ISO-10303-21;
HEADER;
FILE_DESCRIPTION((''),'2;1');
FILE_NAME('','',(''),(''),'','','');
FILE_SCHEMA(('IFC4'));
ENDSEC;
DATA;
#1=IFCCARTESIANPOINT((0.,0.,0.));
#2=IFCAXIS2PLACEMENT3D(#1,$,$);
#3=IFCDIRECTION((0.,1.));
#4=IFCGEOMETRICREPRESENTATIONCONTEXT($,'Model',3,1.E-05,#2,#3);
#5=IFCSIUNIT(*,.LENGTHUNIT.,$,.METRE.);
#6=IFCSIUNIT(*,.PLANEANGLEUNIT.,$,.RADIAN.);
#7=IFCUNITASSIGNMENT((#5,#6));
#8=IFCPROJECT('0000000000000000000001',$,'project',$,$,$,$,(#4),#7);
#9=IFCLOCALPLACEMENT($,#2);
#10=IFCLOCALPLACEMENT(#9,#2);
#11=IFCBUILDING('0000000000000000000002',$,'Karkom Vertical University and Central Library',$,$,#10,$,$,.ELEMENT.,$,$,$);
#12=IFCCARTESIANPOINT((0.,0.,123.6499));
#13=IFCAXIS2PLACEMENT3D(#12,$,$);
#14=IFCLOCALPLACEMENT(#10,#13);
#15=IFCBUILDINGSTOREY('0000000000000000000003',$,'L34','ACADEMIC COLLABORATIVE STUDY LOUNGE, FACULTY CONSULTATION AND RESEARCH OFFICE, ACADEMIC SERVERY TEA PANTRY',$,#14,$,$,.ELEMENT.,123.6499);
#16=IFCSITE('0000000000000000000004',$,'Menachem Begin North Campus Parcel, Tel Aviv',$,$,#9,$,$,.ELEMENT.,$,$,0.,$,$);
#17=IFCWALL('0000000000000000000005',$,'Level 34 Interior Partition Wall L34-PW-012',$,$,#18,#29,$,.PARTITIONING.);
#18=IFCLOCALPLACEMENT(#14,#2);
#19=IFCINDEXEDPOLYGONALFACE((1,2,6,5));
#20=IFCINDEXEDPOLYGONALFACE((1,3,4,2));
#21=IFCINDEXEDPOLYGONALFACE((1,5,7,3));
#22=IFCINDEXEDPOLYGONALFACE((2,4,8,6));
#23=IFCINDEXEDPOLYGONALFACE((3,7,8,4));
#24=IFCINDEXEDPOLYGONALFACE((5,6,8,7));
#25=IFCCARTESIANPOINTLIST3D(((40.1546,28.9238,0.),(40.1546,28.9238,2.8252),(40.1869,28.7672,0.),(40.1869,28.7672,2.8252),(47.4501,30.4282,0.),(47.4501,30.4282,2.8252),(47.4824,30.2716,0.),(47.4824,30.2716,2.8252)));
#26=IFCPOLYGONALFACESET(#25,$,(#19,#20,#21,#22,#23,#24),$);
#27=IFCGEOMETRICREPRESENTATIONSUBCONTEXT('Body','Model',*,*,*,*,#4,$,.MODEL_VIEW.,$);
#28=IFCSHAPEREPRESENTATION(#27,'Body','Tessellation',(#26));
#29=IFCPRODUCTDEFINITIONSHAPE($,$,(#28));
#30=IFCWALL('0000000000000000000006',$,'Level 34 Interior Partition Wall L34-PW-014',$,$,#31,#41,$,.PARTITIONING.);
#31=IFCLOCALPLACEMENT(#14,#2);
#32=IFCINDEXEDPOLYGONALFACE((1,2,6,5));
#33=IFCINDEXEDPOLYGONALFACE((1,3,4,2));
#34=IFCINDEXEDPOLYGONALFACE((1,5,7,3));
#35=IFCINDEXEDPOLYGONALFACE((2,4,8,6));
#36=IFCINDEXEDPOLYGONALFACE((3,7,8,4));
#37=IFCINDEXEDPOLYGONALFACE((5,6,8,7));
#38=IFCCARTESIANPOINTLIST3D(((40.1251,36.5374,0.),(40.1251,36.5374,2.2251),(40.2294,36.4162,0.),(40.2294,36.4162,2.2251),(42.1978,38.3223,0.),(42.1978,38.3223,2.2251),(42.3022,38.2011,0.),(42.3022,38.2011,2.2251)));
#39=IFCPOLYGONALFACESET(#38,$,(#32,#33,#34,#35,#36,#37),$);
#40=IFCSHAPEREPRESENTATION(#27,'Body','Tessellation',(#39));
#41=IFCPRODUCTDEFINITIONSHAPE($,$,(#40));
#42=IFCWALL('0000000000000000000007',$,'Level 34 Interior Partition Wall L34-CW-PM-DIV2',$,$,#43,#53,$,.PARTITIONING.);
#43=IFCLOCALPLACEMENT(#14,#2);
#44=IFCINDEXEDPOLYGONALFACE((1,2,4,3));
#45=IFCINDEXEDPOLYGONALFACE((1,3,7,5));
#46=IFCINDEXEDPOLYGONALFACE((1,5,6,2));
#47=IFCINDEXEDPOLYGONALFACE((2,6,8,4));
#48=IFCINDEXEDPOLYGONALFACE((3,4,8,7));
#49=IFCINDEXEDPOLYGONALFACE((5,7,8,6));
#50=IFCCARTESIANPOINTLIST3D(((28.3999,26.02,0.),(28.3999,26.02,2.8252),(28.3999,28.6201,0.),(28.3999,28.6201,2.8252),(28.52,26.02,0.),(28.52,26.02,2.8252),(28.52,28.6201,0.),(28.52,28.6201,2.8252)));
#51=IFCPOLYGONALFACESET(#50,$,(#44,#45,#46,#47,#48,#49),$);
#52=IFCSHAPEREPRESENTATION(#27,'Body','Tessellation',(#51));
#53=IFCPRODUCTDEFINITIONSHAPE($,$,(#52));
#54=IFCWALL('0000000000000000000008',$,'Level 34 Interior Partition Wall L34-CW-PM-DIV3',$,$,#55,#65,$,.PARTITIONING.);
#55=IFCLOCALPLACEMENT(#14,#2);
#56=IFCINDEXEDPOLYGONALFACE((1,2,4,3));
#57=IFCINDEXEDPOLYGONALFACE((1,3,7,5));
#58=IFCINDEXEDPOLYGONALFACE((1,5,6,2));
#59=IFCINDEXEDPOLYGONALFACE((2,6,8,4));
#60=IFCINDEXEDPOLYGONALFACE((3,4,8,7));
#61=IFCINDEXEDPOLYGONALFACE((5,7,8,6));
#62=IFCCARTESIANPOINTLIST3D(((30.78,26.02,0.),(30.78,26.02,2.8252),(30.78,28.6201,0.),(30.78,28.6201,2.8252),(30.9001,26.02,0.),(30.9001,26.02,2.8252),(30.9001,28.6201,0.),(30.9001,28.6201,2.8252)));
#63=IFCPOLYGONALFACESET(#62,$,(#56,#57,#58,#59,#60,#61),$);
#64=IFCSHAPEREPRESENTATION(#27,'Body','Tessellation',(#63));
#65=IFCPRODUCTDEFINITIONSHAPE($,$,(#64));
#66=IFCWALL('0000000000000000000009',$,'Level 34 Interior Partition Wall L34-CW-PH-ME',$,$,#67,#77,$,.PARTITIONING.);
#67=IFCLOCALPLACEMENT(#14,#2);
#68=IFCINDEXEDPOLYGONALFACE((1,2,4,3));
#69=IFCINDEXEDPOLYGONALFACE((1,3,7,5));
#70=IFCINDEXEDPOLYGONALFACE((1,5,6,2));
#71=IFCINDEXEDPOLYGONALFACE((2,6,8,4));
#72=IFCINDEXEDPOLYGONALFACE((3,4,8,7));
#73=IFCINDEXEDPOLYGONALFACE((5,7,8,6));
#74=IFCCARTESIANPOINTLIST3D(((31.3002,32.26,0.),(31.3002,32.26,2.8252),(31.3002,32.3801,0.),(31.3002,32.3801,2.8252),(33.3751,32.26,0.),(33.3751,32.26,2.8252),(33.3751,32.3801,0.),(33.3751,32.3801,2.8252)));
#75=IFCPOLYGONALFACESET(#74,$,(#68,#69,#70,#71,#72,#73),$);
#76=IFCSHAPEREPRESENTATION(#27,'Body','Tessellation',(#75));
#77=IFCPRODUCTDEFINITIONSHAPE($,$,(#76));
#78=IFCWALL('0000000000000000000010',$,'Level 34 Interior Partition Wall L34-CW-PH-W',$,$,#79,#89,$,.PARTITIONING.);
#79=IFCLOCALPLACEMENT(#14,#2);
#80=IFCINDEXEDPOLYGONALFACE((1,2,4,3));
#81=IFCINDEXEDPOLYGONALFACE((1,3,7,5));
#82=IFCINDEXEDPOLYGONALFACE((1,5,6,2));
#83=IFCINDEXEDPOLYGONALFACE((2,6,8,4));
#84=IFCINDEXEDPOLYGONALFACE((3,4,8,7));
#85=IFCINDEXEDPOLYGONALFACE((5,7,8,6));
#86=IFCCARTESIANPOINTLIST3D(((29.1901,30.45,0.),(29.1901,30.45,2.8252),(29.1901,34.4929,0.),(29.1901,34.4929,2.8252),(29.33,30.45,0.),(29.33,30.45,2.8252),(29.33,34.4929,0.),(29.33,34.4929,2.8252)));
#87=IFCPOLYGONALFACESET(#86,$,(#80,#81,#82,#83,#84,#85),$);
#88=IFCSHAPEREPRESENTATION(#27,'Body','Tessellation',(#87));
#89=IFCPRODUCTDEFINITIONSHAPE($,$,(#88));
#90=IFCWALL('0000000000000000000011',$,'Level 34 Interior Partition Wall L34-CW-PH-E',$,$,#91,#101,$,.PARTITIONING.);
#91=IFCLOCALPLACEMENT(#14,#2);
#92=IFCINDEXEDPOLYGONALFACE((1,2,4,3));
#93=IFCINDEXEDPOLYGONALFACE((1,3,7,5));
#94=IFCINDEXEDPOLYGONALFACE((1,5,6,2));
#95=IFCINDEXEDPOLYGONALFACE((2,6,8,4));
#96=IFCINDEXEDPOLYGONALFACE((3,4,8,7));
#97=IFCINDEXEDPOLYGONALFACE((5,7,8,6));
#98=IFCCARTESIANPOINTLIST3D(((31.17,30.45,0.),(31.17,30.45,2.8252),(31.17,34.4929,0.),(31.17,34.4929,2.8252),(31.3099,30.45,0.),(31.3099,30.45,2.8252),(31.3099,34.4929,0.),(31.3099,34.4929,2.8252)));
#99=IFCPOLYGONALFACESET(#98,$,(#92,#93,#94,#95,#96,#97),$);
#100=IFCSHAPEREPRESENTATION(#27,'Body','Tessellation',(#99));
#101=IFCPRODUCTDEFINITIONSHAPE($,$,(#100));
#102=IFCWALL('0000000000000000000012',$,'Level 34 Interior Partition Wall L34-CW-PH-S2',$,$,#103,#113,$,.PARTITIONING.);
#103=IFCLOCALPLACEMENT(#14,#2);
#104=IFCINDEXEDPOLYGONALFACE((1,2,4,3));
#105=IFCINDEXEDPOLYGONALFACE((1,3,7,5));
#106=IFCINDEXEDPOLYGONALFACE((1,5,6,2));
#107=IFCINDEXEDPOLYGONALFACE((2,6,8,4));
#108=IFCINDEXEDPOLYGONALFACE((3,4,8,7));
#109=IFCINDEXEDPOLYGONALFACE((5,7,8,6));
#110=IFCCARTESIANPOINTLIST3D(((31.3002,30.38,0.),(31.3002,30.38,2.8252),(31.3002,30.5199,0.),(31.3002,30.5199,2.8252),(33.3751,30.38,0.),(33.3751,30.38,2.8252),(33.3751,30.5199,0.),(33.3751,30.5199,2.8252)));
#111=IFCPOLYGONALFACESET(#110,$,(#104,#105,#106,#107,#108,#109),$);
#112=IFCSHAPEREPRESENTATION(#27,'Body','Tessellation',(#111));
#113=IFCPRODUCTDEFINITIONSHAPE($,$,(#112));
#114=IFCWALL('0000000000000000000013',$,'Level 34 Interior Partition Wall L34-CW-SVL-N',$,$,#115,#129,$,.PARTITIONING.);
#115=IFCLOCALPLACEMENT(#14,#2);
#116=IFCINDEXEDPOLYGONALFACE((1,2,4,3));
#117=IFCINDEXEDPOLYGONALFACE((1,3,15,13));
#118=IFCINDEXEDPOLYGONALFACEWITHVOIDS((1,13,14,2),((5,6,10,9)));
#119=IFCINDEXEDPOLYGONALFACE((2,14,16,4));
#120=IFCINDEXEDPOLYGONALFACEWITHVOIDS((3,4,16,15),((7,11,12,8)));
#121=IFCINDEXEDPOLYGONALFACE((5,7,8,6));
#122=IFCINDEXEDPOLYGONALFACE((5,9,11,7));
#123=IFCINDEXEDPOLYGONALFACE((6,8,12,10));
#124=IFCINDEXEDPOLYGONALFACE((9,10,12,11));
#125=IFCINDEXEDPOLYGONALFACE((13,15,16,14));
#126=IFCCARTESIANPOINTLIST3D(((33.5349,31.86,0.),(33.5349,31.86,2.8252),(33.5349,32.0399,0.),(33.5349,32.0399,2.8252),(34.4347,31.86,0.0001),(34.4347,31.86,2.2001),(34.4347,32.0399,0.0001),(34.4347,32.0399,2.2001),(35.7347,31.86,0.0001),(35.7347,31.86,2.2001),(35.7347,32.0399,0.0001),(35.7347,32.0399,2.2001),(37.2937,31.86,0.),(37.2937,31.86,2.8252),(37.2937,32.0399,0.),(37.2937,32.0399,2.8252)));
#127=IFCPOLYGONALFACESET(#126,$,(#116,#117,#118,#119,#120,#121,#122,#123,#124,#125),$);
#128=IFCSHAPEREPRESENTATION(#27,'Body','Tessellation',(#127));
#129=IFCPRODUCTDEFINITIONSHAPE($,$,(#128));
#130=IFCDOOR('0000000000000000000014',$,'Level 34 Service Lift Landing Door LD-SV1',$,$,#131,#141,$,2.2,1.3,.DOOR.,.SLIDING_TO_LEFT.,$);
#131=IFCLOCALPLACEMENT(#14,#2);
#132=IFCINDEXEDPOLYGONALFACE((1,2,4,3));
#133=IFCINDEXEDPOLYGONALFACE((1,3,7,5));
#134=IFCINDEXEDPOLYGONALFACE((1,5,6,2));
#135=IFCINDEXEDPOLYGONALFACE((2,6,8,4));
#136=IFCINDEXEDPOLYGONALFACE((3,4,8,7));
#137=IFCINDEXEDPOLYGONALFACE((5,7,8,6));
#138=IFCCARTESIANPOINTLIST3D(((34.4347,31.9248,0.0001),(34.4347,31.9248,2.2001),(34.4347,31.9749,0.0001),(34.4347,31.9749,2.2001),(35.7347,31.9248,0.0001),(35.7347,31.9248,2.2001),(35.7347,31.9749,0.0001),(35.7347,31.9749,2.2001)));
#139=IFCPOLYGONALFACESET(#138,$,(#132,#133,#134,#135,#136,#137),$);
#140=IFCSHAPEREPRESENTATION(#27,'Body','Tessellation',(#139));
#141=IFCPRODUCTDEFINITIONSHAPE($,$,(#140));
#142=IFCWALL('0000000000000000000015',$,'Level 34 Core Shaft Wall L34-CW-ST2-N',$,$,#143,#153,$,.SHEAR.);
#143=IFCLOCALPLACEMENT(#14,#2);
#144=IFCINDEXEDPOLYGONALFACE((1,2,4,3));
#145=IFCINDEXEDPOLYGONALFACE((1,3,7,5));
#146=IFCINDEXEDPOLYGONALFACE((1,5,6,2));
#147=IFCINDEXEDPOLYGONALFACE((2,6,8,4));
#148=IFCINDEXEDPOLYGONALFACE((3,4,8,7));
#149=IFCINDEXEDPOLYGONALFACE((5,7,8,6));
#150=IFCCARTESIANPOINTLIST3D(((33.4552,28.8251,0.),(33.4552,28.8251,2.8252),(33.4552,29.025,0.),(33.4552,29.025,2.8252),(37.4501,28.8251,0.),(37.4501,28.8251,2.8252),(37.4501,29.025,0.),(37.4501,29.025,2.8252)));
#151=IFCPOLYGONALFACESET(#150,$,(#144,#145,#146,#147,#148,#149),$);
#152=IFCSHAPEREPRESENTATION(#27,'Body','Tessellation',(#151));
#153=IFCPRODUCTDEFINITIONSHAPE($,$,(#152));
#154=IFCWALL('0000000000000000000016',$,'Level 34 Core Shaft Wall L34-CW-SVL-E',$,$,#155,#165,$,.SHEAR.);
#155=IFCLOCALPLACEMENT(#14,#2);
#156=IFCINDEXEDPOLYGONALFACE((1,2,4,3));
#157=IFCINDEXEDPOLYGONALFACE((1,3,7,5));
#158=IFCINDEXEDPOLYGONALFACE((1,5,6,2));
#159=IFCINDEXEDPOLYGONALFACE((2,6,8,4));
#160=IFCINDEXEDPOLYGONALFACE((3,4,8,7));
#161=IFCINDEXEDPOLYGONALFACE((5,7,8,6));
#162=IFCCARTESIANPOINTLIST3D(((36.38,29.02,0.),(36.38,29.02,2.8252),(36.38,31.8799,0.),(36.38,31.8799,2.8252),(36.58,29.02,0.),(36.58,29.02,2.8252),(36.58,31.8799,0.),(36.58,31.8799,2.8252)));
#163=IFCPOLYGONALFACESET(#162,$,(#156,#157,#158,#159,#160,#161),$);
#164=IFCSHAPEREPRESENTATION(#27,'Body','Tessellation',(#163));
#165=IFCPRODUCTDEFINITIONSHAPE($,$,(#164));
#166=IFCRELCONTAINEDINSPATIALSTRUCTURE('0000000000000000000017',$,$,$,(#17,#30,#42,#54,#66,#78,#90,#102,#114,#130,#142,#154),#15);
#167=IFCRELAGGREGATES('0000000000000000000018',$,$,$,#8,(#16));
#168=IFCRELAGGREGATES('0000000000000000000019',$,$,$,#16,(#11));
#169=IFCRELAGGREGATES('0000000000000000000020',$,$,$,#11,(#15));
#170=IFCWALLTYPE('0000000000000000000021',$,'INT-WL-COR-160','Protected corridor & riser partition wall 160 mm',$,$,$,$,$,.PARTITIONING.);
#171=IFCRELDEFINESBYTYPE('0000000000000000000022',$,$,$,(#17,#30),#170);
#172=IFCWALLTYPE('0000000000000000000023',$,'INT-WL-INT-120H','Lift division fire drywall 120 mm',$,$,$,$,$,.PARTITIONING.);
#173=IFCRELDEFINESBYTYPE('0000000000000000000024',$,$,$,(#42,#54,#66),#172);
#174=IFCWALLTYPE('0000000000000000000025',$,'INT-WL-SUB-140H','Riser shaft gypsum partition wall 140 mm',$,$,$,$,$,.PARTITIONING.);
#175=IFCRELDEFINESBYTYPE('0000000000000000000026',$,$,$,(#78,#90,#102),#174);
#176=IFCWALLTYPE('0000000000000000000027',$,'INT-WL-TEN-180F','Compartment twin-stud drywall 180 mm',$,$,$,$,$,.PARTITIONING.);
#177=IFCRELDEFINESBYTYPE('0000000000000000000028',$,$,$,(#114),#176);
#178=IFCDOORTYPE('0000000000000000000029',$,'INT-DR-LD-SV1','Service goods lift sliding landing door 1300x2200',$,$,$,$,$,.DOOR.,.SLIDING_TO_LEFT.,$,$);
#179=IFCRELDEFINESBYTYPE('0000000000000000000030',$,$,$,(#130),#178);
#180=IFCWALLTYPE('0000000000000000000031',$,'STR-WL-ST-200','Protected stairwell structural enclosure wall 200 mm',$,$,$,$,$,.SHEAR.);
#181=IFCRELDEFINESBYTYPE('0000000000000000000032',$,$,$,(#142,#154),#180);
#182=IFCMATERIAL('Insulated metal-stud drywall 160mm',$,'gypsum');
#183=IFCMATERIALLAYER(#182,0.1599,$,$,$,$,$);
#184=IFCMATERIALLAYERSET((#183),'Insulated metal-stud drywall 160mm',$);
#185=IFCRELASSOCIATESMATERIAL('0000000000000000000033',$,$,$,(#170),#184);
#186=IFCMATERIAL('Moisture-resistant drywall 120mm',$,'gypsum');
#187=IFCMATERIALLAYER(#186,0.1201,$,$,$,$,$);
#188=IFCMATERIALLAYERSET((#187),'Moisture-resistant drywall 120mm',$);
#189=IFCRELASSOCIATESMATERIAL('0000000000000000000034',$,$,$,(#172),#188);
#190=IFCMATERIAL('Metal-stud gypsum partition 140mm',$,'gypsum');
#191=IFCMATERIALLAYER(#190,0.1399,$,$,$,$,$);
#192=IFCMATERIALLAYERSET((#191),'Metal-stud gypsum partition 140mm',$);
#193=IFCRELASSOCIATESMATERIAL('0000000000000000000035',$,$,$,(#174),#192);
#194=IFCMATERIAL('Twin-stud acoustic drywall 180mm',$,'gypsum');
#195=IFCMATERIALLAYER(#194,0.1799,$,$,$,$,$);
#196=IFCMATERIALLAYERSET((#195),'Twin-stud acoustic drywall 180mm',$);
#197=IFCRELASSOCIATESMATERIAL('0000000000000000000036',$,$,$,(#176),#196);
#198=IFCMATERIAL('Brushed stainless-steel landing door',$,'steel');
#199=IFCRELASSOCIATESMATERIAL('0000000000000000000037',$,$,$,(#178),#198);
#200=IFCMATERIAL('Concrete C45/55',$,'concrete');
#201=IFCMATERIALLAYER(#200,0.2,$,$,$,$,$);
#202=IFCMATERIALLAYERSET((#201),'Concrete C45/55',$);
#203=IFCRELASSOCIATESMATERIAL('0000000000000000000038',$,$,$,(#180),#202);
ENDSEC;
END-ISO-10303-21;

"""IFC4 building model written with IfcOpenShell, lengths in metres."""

from ifc_helpers import new_model, si_unit, direction, frame, frame_2d, origin, origin_with_axes, place, context, subcontext, project, spatial, rectangle, extrude, source, transform, mapped, material, layer, layer_set, type_object, element, fill, save


model = new_model("IFC4")

# Units and contexts
model_context = context("Model", 3, precision=1e-05, world=origin(), true_north=direction((0.0, 1.0)))
body_context = subcontext(model_context, "Body", "Model", "MODEL_VIEW")
ifc_project = project(units=[si_unit("LENGTHUNIT", "METRE"), si_unit("PLANEANGLEUNIT", "RADIAN")], contexts=[model_context])

# Site, building, storey
site_placement = place(None, origin())
site = spatial("IfcSite", under=ifc_project, at=site_placement, Name="Menachem Begin North Campus Parcel, Tel Aviv", CompositionType="ELEMENT", RefElevation=0.0)
building_placement = place(site_placement, origin())
building = spatial("IfcBuilding", under=site, at=building_placement, Name="Karkom Vertical University and Central Library", CompositionType="ELEMENT")
storey_placement = place(building_placement, frame((0.0, 0.0, 123.6499)))
storey = spatial("IfcBuildingStorey", under=building, at=storey_placement, Name="L34", Description="ACADEMIC COLLABORATIVE STUDY LOUNGE, FACULTY CONSULTATION AND RESEARCH OFFICE, ACADEMIC SERVERY TEA PANTRY", CompositionType="ELEMENT", Elevation=123.6499)

# Walls
ifc_material_1 = material(Name="Insulated metal-stud drywall 160mm", Category="gypsum")
ifc_layer_1 = layer(ifc_material_1, 0.1599)
ifc_layer_set_1 = layer_set([ifc_layer_1], Name="Insulated metal-stud drywall 160mm")
wall_type_1 = type_object("IfcWallType", Name="INT-WL-COR-160", Description="Protected corridor & riser partition wall 160 mm", PredefinedType="PARTITIONING", material=ifc_layer_set_1)
wall_1_placement = place(storey_placement, frame((40.1707, 28.8455, 0.0), z_axis=(0.0, 0.0, 1.0), x_axis=(0.979393, 0.201962, 0.0)))
element("IfcWall", 1, at=wall_1_placement, inside=storey, type_object=wall_type_1, Name="Level 34 Interior Partition Wall L34-PW-012", PredefinedType="PARTITIONING", context=body_context, shape_type="SweptSolid", body=[
    extrude(rectangle(XDim=7.449, YDim=0.1599, at=frame_2d((3.7246, 0.0))), origin(), (0.0, 0.0, 1.0), 2.8252),
])
wall_2_placement = place(storey_placement, frame((40.1772, 36.4768, 0.0), z_axis=(0.0, 0.0, 1.0), x_axis=(0.757761, 0.652532, 0.0)))
element("IfcWall", 2, at=wall_2_placement, inside=storey, type_object=wall_type_1, Name="Level 34 Interior Partition Wall L34-PW-014", PredefinedType="PARTITIONING", context=body_context, shape_type="SweptSolid", body=[
    extrude(rectangle(XDim=2.7354, YDim=0.1599, at=frame_2d((1.3677, 0.0))), origin(), (0.0, 0.0, 1.0), 2.2251),
])
ifc_material_2 = material(Name="Moisture-resistant drywall 120mm", Category="gypsum")
ifc_layer_2 = layer(ifc_material_2, 0.1201)
ifc_layer_set_2 = layer_set([ifc_layer_2], Name="Moisture-resistant drywall 120mm")
wall_type_2 = type_object("IfcWallType", Name="INT-WL-INT-120H", Description="Lift division fire drywall 120 mm", PredefinedType="PARTITIONING", material=ifc_layer_set_2)
for number, where, z_axis, x_axis, name in (
    (3, (28.46, 26.02, 0.0), (0.0, 0.0, 1.0), (0.0, 1.0, 0.0), "Level 34 Interior Partition Wall L34-CW-PM-DIV2"),
    (4, (30.8401, 26.02, 0.0), (0.0, 0.0, 1.0), (0.0, 1.0, 0.0), "Level 34 Interior Partition Wall L34-CW-PM-DIV3"),
):
    element("IfcWall", number, at=place(storey_placement, frame(where, z_axis=z_axis, x_axis=x_axis)), inside=storey, type_object=wall_type_2, Name=name, PredefinedType="PARTITIONING", context=body_context, shape_type="SweptSolid", body=[
        extrude(rectangle(XDim=2.6001, YDim=0.1201, at=frame_2d((1.3, 0.0))), origin(), (0.0, 0.0, 1.0), 2.8252),
    ])
wall_3_placement = place(storey_placement, frame((31.3, 32.3201, 0.0), z_axis=(0.0, 0.0, 1.0), x_axis=(1.0, 0.0, 0.0)))
element("IfcWall", 5, at=wall_3_placement, inside=storey, type_object=wall_type_2, Name="Level 34 Interior Partition Wall L34-CW-PH-ME", PredefinedType="PARTITIONING", context=body_context, shape_type="SweptSolid", body=[
    extrude(rectangle(XDim=2.075, YDim=0.1201, at=frame_2d((1.0376, 0.0))), origin(), (0.0, 0.0, 1.0), 2.8252),
])
ifc_material_3 = material(Name="Metal-stud gypsum partition 140mm", Category="gypsum")
ifc_layer_3 = layer(ifc_material_3, 0.1399)
ifc_layer_set_3 = layer_set([ifc_layer_3], Name="Metal-stud gypsum partition 140mm")
wall_type_3 = type_object("IfcWallType", Name="INT-WL-SUB-140H", Description="Riser shaft gypsum partition wall 140 mm", PredefinedType="PARTITIONING", material=ifc_layer_set_3)
for number, where, z_axis, x_axis, name in (
    (6, (29.26, 30.45, 0.0), (0.0, 0.0, 1.0), (0.0, 1.0, 0.0), "Level 34 Interior Partition Wall L34-CW-PH-W"),
    (7, (31.24, 30.45, 0.0), (0.0, 0.0, 1.0), (0.0, 1.0, 0.0), "Level 34 Interior Partition Wall L34-CW-PH-E"),
):
    element("IfcWall", number, at=place(storey_placement, frame(where, z_axis=z_axis, x_axis=x_axis)), inside=storey, type_object=wall_type_3, Name=name, PredefinedType="PARTITIONING", context=body_context, shape_type="SweptSolid", body=[
        extrude(rectangle(XDim=4.043, YDim=0.1399, at=frame_2d((2.0215, 0.0))), origin(), (0.0, 0.0, 1.0), 2.8252),
    ])
wall_4_placement = place(storey_placement, frame((31.3, 30.45, 0.0), z_axis=(0.0, 0.0, 1.0), x_axis=(1.0, 0.0, 0.0)))
element("IfcWall", 8, at=wall_4_placement, inside=storey, type_object=wall_type_3, Name="Level 34 Interior Partition Wall L34-CW-PH-S2", PredefinedType="PARTITIONING", context=body_context, shape_type="SweptSolid", body=[
    extrude(rectangle(XDim=2.075, YDim=0.1399, at=frame_2d((1.0376, 0.0))), origin(), (0.0, 0.0, 1.0), 2.8252),
])

# Wall, opening, door
ifc_material_4 = material(Name="Twin-stud acoustic drywall 180mm", Category="gypsum")
ifc_layer_4 = layer(ifc_material_4, 0.1799)
ifc_layer_set_4 = layer_set([ifc_layer_4], Name="Twin-stud acoustic drywall 180mm")
wall_type_4 = type_object("IfcWallType", Name="INT-WL-TEN-180F", Description="Compartment twin-stud drywall 180 mm", PredefinedType="PARTITIONING", material=ifc_layer_set_4)
wall_5_placement = place(storey_placement, frame((33.5349, 31.95, 0.0), z_axis=(0.0, 0.0, 1.0), x_axis=(1.0, 0.0, 0.0)))
wall_5 = element("IfcWall", 9, at=wall_5_placement, inside=storey, type_object=wall_type_4, Name="Level 34 Interior Partition Wall L34-CW-SVL-N", PredefinedType="PARTITIONING", context=body_context, shape_type="SweptSolid", body=[
    extrude(rectangle(XDim=3.7588, YDim=0.1799, at=frame_2d((1.8794, 0.0))), origin(), (0.0, 0.0, 1.0), 2.8252),
])
opening_1_placement = place(wall_5_placement, frame((0.8999, 0.0, 0.0)))
opening_1 = element("IfcOpeningElement", 10, at=opening_1_placement, cuts=wall_5, PredefinedType="OPENING", context=body_context, shape_type="SweptSolid", body=[
    extrude(rectangle(XDim=1.3, YDim=2.2, at=frame_2d((0.6499, 1.1001))), frame((0.0, 0.1001, 0.0), z_axis=(0.0, -1.0, 0.0), x_axis=(1.0, 0.0, 0.0)), (0.0, 0.0, 1.0), 0.2),
])
ifc_material_5 = material(Name="Brushed stainless-steel landing door", Category="steel")
door_type_1 = type_object("IfcDoorType", Name="INT-DR-LD-SV1", Description="Service goods lift sliding landing door 1300x2200", OperationType="SLIDING_TO_LEFT", PredefinedType="DOOR", material=ifc_material_5)
shared_shape_1 = source(origin_with_axes(), body_context, "Body", "SweptSolid", [
    extrude(rectangle(XDim=1.3, YDim=2.2, at=frame_2d((0.6499, 1.1001))), frame((0.0, 0.0249, 0.0), z_axis=(0.0, -1.0, 0.0), x_axis=(1.0, 0.0, 0.0)), (0.0, 0.0, 1.0), 0.05),
])
door_1_placement = place(opening_1_placement, origin())
door_1 = element("IfcDoor", 11, at=door_1_placement, inside=storey, type_object=door_type_1, Name="Level 34 Service Lift Landing Door LD-SV1", OperationType="SLIDING_TO_LEFT", OverallHeight=2.2, OverallWidth=1.3, PredefinedType="DOOR", context=body_context, shape_type="MappedRepresentation", body=[
    mapped(shared_shape_1, transform((0.0, 0.0, 0.0), scale=1.0)),
])
fill(opening_1, door_1)

# Walls
ifc_material_6 = material(Name="Concrete C45/55", Category="concrete")
ifc_layer_5 = layer(ifc_material_6, 0.2)
ifc_layer_set_5 = layer_set([ifc_layer_5], Name="Concrete C45/55")
wall_type_5 = type_object("IfcWallType", Name="STR-WL-ST-200", Description="Protected stairwell structural enclosure wall 200 mm", PredefinedType="SHEAR", material=ifc_layer_set_5)
wall_6_placement = place(storey_placement, frame((33.4551, 28.925, 0.0), z_axis=(0.0, 0.0, 1.0), x_axis=(1.0, 0.0, 0.0)))
element("IfcWall", 12, at=wall_6_placement, inside=storey, type_object=wall_type_5, Name="Level 34 Core Shaft Wall L34-CW-ST2-N", PredefinedType="SHEAR", context=body_context, shape_type="SweptSolid", body=[
    extrude(rectangle(XDim=3.9949, YDim=0.2, at=frame_2d((1.9976, 0.0))), origin(), (0.0, 0.0, 1.0), 2.8252),
])
wall_7_placement = place(storey_placement, frame((36.48, 29.02, 0.0), z_axis=(0.0, 0.0, 1.0), x_axis=(0.0, 1.0, 0.0)))
element("IfcWall", 13, at=wall_7_placement, inside=storey, type_object=wall_type_5, Name="Level 34 Core Shaft Wall L34-CW-SVL-E", PredefinedType="SHEAR", context=body_context, shape_type="SweptSolid", body=[
    extrude(rectangle(XDim=2.8599, YDim=0.2, at=frame_2d((1.4299, 0.0))), origin(), (0.0, 0.0, 1.0), 2.8252),
])

save(model, "model.ifc")
